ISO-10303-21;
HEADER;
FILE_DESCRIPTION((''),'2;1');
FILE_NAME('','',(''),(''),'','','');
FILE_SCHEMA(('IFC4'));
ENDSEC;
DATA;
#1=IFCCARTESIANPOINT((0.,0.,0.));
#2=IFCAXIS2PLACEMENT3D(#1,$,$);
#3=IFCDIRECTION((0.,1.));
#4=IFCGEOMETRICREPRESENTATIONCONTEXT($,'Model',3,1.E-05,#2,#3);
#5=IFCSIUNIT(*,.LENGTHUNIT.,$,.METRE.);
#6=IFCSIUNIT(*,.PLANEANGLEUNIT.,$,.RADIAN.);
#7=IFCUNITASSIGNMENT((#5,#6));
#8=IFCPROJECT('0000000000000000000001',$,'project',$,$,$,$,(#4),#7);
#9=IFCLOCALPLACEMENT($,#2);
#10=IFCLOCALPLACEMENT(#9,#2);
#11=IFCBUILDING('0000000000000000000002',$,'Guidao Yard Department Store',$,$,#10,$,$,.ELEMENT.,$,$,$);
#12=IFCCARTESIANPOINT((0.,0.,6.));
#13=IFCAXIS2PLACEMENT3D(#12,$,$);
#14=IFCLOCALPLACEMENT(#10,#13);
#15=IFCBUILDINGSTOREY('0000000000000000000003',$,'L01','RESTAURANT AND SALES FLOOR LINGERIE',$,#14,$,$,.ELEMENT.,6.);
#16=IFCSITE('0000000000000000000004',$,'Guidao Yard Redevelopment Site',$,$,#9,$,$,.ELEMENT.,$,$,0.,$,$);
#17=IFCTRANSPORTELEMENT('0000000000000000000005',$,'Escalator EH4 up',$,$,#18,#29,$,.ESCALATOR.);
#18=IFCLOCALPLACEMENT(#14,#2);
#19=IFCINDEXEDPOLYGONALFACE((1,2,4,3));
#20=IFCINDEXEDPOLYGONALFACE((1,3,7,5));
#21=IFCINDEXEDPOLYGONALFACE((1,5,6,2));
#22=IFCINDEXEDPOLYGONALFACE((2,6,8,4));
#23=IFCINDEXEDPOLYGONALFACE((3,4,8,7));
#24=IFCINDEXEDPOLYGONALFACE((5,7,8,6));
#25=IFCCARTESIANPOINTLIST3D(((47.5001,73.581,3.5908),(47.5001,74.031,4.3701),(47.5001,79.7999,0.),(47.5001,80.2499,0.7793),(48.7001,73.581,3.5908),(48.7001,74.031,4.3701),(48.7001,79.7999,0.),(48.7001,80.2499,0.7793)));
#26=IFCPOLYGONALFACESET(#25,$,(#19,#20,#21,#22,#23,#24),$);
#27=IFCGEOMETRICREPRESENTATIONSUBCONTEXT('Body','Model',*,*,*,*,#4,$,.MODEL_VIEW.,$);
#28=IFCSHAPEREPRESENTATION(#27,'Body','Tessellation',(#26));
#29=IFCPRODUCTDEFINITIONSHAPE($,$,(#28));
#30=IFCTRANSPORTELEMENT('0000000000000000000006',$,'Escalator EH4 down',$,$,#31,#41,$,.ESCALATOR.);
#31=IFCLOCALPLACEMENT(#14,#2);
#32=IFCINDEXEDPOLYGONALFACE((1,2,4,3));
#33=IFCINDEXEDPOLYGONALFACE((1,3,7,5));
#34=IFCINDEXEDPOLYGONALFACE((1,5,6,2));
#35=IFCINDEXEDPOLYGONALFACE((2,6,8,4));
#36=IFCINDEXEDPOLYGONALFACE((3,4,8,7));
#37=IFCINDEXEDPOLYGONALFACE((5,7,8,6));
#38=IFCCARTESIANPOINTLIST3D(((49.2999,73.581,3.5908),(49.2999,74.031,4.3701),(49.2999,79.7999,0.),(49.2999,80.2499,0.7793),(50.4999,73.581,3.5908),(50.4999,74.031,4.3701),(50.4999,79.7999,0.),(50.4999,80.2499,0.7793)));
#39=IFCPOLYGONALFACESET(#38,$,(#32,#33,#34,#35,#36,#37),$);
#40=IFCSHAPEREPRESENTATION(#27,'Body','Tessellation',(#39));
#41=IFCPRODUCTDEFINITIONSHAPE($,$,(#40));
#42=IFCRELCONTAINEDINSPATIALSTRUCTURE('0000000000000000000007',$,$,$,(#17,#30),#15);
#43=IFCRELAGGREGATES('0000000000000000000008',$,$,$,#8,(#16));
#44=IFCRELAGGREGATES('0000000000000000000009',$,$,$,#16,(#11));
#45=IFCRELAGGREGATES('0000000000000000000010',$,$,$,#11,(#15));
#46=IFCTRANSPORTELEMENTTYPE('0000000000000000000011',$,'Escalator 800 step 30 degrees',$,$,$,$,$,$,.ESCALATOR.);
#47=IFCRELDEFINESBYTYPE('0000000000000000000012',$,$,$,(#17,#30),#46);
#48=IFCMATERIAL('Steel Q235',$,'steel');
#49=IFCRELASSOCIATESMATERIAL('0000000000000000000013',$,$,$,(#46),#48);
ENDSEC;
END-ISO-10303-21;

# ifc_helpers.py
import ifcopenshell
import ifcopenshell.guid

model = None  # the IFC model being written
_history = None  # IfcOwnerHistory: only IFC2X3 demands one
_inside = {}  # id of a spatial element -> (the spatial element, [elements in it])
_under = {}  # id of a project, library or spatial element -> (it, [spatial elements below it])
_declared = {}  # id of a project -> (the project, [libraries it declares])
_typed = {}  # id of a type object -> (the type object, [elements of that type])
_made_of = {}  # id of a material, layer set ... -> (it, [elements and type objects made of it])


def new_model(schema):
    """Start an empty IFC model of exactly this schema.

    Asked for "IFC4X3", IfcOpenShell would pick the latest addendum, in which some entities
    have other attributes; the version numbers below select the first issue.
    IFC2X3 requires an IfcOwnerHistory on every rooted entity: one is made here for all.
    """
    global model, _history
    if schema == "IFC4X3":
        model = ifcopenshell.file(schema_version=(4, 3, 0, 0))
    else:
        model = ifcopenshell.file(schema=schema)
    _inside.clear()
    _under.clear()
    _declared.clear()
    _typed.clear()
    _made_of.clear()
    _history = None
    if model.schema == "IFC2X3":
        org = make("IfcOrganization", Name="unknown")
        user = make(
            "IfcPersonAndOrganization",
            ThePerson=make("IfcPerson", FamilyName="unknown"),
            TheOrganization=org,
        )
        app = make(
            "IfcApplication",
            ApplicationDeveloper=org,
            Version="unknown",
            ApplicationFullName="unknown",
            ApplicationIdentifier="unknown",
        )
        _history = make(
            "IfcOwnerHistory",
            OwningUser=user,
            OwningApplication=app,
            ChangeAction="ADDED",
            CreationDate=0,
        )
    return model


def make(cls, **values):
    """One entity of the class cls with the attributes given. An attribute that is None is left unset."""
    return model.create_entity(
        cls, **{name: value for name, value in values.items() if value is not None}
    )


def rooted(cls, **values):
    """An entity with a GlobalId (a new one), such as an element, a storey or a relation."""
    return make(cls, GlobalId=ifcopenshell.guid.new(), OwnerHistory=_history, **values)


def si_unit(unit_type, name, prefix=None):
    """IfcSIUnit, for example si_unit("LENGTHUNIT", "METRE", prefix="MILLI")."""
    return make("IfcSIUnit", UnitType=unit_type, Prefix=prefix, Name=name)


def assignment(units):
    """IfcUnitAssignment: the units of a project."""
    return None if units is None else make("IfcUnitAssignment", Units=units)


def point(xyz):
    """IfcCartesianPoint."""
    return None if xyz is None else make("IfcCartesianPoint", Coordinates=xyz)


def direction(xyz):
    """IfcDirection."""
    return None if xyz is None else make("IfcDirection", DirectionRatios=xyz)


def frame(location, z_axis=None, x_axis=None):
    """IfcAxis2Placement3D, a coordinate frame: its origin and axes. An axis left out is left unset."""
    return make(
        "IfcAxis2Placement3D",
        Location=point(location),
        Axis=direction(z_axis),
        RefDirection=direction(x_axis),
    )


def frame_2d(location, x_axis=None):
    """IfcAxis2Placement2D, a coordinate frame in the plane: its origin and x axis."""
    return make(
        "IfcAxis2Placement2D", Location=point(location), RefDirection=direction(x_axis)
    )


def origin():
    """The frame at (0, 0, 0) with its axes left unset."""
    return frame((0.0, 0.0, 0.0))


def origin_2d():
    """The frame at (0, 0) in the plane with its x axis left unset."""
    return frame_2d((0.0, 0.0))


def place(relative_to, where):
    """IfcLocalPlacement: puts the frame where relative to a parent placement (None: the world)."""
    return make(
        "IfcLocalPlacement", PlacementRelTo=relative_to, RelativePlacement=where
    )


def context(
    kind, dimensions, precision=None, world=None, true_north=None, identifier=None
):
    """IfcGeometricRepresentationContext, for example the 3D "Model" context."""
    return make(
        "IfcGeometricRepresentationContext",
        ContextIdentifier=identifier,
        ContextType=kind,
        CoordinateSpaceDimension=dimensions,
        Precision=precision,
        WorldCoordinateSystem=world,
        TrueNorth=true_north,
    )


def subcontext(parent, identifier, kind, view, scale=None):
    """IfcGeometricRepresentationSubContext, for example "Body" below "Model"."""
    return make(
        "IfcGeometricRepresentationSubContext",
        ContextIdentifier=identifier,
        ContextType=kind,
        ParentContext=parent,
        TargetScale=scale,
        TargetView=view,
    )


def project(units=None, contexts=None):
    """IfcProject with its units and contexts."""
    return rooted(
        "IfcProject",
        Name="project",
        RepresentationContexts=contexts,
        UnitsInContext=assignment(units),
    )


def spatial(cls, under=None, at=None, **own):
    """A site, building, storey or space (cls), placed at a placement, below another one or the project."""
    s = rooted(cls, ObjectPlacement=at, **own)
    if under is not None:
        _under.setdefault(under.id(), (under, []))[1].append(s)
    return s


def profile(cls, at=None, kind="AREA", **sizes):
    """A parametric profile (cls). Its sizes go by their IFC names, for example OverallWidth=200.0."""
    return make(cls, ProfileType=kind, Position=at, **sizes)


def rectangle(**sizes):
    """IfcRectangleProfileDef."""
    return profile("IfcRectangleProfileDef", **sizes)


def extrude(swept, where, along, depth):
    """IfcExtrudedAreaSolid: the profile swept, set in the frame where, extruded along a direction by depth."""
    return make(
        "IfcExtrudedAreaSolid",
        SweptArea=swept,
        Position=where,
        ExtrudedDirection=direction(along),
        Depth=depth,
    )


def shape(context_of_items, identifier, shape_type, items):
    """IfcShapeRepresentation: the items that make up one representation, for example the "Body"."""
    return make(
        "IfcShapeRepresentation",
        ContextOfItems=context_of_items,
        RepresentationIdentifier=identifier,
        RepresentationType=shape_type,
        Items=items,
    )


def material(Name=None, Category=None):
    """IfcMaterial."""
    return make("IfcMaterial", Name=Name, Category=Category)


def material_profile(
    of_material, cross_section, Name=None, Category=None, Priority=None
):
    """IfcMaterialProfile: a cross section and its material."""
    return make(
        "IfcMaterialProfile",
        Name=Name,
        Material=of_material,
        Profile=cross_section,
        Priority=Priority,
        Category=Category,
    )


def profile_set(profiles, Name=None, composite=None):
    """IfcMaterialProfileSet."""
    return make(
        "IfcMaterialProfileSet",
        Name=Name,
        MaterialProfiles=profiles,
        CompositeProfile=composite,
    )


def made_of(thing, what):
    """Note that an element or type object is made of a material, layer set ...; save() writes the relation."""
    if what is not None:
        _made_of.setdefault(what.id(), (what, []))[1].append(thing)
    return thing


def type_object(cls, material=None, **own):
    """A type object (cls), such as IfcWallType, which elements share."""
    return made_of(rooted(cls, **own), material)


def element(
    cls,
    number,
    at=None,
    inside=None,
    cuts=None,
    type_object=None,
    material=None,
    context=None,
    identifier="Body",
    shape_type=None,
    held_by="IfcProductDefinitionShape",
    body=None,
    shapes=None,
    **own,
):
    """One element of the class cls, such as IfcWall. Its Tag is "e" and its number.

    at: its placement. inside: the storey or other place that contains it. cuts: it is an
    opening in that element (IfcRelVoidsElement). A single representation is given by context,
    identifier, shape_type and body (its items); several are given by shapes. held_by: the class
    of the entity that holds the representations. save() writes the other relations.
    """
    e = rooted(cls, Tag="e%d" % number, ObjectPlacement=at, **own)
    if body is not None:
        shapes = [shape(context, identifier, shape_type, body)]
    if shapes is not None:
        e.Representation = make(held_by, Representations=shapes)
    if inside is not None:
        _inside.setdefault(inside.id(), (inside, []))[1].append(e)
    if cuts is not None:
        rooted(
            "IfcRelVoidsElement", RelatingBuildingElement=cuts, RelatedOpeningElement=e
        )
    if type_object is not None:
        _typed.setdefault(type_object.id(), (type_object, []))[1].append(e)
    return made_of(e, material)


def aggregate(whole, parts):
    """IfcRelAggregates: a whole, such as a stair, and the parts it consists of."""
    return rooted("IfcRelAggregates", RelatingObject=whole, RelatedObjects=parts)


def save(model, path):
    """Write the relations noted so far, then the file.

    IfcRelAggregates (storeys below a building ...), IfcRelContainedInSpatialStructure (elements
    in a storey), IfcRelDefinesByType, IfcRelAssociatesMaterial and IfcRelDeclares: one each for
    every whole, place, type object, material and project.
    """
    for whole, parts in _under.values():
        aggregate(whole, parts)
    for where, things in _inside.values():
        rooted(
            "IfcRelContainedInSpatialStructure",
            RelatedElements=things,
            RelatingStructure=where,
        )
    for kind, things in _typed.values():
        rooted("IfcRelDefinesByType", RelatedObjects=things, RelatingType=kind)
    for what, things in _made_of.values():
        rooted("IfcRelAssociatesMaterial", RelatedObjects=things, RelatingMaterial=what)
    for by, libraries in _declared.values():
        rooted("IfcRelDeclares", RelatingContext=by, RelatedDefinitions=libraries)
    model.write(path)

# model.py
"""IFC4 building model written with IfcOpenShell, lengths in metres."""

from ifc_helpers import new_model, si_unit, direction, frame, origin, origin_2d, place, context, subcontext, project, spatial, rectangle, extrude, material, material_profile, profile_set, type_object, element, save


model = new_model("IFC4")

# Units and contexts
model_context = context("Model", 3, precision=1e-05, world=origin(), true_north=direction((0.0, 1.0)))
body_context = subcontext(model_context, "Body", "Model", "MODEL_VIEW")
ifc_project = project(units=[si_unit("LENGTHUNIT", "METRE"), si_unit("PLANEANGLEUNIT", "RADIAN")], contexts=[model_context])

# Site, building, storey
site_placement = place(None, origin())
site = spatial("IfcSite", under=ifc_project, at=site_placement, Name="Guidao Yard Redevelopment Site", CompositionType="ELEMENT", RefElevation=0.0)
building_placement = place(site_placement, origin())
building = spatial("IfcBuilding", under=site, at=building_placement, Name="Guidao Yard Department Store", CompositionType="ELEMENT")
storey_placement = place(building_placement, frame((0.0, 0.0, 6.0)))
storey = spatial("IfcBuildingStorey", under=building, at=storey_placement, Name="L01", Description="RESTAURANT AND SALES FLOOR LINGERIE", CompositionType="ELEMENT", Elevation=6.0)

# Transport elements
ifc_material_1 = material(Name="Steel Q235", Category="steel")
ifc_material_profile_1 = material_profile(ifc_material_1, rectangle(XDim=1.2, YDim=0.8999, at=origin_2d()), Name="Escalator 800 step 30 degrees")
ifc_profile_set_1 = profile_set([ifc_material_profile_1], Name="Steel Q235")
transport_element_type = type_object("IfcTransportElementType", Name="Escalator 800 step 30 degrees", PredefinedType="ESCALATOR", material=ifc_profile_set_1)
for number, where, z_axis, x_axis, name in (
    (1, (48.1001, 80.0249, 0.3896), (0.0, -0.866008, 0.500029), (1.0, 0.0, 0.0), "Escalator EH4 up"),
    (2, (49.8999, 80.0249, 0.3896), (0.0, -0.866008, 0.500029), (1.0, 0.0, 0.0), "Escalator EH4 down"),
):
    element("IfcTransportElement", number, at=place(storey_placement, frame(where, z_axis=z_axis, x_axis=x_axis)), inside=storey, type_object=transport_element_type, Name=name, PredefinedType="ESCALATOR", context=body_context, shape_type="SweptSolid", body=[
        extrude(rectangle(XDim=1.2, YDim=0.8999, at=origin_2d()), origin(), (0.0, 0.0, 1.0), 7.1812),
    ])

save(model, "model.ifc")
